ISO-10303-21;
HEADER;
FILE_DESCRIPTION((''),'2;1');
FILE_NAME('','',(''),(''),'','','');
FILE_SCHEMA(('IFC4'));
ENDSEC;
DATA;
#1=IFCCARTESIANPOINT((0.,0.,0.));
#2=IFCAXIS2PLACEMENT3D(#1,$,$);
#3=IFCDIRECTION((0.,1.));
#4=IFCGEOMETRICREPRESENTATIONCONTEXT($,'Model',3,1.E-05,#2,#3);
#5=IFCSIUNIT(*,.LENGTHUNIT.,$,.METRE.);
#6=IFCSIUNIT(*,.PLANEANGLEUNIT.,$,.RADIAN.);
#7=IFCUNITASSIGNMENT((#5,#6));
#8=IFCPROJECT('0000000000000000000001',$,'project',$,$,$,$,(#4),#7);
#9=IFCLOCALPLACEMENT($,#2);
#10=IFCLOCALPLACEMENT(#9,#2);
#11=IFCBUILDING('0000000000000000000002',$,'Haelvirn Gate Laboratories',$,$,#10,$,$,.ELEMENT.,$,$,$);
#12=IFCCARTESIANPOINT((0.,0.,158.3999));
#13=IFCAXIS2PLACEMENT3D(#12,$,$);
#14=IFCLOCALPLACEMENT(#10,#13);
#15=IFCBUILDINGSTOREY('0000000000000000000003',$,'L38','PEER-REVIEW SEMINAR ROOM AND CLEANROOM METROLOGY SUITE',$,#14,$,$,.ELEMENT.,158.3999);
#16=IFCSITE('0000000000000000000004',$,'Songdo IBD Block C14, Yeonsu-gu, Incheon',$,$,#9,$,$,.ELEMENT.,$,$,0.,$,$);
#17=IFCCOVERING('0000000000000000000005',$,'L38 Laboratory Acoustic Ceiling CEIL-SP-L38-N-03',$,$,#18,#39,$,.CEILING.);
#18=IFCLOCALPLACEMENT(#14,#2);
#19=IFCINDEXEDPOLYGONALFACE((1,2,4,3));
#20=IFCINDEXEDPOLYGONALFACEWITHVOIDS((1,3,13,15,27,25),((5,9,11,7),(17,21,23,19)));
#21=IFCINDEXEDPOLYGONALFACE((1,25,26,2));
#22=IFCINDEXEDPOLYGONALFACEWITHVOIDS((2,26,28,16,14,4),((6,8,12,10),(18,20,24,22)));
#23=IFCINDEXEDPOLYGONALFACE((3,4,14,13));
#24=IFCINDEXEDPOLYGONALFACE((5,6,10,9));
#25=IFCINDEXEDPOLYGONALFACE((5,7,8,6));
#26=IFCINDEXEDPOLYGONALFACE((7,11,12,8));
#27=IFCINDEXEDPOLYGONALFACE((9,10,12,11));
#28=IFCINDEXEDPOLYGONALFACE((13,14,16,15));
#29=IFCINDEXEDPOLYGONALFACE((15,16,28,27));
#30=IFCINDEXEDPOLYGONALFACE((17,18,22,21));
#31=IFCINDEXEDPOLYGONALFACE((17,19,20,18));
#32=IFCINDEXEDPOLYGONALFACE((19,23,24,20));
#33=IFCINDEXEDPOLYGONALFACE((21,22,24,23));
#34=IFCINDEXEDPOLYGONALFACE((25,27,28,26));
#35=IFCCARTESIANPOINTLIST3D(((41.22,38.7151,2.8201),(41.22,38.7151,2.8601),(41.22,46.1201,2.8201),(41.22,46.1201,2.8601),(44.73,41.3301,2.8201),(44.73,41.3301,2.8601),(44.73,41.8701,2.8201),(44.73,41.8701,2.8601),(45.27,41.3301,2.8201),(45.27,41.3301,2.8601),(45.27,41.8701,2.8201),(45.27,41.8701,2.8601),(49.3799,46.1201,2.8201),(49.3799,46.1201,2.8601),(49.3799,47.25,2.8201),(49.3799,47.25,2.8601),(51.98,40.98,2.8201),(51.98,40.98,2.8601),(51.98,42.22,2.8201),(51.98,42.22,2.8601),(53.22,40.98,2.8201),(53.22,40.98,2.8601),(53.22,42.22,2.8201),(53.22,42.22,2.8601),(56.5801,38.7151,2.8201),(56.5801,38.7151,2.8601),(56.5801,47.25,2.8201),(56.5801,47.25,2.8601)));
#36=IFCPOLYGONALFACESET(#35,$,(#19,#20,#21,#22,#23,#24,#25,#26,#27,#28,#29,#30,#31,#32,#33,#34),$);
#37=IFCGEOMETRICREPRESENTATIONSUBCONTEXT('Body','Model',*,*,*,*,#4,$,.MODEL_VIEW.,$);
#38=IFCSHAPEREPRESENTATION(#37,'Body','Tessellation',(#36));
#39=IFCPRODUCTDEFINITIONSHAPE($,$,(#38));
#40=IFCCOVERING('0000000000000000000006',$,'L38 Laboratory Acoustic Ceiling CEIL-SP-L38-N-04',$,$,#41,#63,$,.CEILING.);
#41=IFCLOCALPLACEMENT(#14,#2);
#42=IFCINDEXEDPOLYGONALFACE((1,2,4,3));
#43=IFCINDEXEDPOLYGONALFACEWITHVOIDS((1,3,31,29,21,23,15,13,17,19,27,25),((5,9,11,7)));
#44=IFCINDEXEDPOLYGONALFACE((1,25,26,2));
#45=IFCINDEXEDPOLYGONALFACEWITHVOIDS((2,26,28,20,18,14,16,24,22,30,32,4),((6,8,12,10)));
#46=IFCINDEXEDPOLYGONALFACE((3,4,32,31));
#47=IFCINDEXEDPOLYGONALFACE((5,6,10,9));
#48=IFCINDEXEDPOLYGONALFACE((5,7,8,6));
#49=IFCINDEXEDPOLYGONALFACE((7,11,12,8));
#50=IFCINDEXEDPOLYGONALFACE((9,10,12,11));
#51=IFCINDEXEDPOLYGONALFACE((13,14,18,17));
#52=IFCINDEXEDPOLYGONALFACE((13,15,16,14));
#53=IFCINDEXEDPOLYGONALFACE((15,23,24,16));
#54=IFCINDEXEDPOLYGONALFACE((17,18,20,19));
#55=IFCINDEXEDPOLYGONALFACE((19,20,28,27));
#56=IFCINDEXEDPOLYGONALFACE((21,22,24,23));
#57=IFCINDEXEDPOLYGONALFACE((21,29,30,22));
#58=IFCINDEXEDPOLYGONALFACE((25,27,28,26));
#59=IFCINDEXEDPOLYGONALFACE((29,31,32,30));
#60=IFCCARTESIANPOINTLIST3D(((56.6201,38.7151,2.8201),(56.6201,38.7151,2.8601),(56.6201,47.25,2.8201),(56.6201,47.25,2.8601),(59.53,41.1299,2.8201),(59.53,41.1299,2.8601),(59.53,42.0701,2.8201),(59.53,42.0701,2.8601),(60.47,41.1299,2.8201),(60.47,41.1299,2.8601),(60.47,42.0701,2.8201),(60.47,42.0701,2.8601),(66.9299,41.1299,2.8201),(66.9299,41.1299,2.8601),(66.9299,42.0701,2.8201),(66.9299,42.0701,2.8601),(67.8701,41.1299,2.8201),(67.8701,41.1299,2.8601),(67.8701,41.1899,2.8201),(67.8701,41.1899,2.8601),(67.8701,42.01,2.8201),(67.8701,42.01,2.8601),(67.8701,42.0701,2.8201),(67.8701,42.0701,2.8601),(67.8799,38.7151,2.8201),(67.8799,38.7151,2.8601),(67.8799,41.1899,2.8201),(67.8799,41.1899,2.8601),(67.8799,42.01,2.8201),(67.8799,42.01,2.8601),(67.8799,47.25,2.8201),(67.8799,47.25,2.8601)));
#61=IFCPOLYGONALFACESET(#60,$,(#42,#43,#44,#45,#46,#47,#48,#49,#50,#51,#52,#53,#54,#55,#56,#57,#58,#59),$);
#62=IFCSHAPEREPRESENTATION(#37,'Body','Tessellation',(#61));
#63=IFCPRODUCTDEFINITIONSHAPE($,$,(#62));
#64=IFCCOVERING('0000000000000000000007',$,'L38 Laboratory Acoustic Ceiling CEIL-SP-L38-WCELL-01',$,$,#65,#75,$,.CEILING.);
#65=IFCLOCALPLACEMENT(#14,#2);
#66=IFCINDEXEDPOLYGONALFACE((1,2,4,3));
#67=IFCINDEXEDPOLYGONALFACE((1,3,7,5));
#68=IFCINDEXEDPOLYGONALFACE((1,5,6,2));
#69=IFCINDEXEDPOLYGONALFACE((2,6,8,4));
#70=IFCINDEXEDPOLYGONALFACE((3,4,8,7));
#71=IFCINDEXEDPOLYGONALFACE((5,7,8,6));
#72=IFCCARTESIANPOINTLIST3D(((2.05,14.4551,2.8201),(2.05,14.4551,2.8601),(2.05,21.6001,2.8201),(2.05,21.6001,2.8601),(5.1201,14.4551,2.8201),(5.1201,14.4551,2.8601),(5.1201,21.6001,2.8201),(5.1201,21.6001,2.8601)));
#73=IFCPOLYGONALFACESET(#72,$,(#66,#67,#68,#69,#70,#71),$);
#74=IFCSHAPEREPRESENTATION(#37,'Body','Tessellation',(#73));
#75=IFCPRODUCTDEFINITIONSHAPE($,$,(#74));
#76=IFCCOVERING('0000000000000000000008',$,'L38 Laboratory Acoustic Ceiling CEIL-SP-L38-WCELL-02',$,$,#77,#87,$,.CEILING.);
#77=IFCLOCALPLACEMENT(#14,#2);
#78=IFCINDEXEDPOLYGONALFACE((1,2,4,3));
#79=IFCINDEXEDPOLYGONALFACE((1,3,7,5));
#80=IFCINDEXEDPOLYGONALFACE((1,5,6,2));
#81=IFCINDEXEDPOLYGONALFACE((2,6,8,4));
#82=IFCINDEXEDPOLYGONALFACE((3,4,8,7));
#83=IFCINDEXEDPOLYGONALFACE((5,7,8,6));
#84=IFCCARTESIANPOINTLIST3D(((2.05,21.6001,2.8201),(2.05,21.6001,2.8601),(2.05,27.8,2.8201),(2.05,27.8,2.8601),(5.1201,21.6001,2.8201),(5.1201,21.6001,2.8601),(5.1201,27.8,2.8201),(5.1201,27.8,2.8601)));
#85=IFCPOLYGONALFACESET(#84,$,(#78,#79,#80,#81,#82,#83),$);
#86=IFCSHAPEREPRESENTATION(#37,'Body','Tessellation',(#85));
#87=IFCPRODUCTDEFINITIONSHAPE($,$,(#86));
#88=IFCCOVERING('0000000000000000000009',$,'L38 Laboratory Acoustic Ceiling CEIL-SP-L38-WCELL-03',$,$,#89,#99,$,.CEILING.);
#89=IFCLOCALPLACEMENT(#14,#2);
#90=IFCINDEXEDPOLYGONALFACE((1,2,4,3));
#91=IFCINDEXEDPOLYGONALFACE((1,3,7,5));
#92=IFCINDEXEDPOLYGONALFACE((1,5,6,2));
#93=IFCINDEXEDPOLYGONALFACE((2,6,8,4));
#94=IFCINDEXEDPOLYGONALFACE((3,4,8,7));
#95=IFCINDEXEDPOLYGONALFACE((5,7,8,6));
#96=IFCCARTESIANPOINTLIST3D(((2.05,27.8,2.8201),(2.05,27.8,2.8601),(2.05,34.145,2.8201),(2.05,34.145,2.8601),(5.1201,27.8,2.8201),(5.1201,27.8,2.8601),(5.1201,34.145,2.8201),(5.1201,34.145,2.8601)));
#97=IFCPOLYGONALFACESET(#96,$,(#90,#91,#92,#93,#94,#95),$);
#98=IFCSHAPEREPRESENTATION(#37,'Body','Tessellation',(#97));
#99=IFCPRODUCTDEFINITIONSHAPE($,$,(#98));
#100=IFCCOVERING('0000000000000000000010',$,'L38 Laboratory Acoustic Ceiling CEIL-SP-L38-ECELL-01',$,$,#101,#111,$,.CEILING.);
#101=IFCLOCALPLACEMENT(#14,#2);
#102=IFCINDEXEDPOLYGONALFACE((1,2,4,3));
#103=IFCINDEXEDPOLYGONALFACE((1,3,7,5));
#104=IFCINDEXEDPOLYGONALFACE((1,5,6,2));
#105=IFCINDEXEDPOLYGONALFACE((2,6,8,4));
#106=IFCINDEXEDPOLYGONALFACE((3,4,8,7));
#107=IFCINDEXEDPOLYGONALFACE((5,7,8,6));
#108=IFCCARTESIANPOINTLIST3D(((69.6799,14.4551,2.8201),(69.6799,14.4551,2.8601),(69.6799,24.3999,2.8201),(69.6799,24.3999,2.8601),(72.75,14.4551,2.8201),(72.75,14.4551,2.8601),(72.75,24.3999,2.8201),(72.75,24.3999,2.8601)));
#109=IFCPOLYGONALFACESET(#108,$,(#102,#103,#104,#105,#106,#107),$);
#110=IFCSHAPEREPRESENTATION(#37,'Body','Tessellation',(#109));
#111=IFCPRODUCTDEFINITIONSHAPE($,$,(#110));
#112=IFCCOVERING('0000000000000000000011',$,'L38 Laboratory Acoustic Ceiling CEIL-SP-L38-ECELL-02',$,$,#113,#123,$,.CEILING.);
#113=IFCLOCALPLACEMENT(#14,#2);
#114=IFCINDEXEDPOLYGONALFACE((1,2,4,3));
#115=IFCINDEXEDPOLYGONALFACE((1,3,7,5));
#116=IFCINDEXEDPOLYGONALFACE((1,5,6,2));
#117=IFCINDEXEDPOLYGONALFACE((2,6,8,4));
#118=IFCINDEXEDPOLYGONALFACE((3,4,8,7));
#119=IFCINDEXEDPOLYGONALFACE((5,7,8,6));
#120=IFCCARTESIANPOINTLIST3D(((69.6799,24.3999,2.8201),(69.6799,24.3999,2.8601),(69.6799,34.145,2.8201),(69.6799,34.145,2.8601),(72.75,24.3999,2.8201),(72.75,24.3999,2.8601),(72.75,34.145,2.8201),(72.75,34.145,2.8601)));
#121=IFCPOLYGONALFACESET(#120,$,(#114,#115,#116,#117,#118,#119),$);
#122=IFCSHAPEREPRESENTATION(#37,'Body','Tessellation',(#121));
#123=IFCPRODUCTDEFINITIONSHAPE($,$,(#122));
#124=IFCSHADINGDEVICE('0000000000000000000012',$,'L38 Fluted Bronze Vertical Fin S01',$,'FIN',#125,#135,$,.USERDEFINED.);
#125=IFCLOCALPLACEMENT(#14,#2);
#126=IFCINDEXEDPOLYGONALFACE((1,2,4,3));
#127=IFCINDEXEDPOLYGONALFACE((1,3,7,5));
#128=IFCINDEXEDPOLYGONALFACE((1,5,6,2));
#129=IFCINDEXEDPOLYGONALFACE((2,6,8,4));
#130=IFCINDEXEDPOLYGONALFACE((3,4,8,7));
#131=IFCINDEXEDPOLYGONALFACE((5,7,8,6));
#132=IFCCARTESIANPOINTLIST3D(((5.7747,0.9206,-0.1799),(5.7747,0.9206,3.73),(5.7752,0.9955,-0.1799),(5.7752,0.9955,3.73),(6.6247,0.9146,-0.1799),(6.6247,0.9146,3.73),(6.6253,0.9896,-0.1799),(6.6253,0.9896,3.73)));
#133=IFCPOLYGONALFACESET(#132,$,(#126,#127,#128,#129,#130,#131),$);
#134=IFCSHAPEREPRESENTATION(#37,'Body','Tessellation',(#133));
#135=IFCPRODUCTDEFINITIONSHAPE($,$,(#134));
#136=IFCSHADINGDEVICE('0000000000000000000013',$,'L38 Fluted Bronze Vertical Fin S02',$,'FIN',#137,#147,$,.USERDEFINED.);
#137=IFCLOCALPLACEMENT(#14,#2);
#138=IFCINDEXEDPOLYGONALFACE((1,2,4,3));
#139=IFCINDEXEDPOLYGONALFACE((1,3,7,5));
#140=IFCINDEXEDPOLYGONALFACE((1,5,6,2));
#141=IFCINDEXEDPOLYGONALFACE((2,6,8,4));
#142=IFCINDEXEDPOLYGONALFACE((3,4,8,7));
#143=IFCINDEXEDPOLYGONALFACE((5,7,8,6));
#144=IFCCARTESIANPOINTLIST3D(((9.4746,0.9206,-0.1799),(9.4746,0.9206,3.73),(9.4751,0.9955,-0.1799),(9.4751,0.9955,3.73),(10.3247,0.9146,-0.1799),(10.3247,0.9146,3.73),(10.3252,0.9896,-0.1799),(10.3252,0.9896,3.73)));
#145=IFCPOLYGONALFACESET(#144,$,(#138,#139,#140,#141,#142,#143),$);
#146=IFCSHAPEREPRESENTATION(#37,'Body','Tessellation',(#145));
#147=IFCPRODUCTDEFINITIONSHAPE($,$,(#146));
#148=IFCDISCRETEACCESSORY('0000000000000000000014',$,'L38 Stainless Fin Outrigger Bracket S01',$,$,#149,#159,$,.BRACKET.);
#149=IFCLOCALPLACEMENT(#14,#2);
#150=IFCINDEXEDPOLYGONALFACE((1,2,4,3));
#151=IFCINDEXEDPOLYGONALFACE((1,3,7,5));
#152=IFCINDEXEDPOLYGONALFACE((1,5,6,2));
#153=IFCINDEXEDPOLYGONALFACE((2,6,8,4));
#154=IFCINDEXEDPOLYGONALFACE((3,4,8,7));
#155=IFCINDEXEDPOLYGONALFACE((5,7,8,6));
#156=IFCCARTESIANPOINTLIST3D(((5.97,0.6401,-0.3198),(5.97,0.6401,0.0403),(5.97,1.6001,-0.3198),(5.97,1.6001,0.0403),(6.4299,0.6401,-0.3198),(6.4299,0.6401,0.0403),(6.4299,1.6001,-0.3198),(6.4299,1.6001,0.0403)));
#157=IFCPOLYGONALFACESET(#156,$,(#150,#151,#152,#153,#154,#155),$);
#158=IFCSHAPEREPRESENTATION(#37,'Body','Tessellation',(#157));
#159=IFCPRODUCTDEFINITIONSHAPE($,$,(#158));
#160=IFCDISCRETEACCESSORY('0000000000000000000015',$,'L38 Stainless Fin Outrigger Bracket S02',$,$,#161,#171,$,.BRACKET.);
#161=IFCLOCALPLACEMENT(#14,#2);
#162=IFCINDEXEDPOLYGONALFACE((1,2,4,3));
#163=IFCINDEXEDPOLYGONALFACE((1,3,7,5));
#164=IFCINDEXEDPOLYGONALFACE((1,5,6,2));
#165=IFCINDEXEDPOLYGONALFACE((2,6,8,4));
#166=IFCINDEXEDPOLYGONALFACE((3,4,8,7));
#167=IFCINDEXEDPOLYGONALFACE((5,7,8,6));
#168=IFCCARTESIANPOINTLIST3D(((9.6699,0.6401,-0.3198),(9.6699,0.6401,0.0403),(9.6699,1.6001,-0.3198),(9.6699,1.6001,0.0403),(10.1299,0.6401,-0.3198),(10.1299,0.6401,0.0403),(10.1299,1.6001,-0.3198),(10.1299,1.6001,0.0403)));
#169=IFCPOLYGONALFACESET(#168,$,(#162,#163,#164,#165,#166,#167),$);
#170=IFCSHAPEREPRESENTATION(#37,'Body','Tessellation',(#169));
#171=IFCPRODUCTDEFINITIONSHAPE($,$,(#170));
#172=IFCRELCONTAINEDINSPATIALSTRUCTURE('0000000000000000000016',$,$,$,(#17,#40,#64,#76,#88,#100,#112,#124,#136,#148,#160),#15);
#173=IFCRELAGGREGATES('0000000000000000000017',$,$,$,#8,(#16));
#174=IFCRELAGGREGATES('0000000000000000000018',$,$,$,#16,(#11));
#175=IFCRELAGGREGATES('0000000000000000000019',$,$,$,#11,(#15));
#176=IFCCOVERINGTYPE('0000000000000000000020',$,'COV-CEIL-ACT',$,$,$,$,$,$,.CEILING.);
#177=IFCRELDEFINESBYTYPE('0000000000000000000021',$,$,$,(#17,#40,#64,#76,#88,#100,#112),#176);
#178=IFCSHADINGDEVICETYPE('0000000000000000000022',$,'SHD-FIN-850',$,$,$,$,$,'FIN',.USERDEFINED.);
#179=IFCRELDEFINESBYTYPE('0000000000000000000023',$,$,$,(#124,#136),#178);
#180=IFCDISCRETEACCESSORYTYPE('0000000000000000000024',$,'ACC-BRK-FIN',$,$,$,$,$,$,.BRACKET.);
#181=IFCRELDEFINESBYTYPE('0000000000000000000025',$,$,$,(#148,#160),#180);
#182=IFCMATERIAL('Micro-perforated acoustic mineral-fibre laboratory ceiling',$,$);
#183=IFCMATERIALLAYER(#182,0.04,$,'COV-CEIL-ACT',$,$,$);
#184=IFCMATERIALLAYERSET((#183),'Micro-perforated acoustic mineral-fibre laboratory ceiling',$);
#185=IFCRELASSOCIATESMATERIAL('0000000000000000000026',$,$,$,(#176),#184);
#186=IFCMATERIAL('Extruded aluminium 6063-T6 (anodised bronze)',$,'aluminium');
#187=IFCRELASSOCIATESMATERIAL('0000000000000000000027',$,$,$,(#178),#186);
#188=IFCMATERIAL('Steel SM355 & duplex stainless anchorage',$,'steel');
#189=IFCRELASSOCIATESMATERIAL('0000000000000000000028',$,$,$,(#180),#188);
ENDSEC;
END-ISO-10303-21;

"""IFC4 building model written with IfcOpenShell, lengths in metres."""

from ifc_helpers import new_model, si_unit, direction, frame, origin, origin_2d, place, context, subcontext, project, spatial, polyline, rectangle, outline, extrude, source, transform, mapped, material, layer, layer_set, material_profile, profile_set, type_object, type_shapes, element, save


model = new_model("IFC4")

# Units and contexts
model_context = context("Model", 3, precision=1e-05, world=origin(), true_north=direction((0.0, 1.0)))
body_context = subcontext(model_context, "Body", "Model", "MODEL_VIEW")
ifc_project = project(units=[si_unit("LENGTHUNIT", "METRE"), si_unit("PLANEANGLEUNIT", "RADIAN")], contexts=[model_context])

# Site, building, storey
site_placement = place(None, origin())
site = spatial("IfcSite", under=ifc_project, at=site_placement, Name="Songdo IBD Block C14, Yeonsu-gu, Incheon", CompositionType="ELEMENT", RefElevation=0.0)
building_placement = place(site_placement, origin())
building = spatial("IfcBuilding", under=site, at=building_placement, Name="Haelvirn Gate Laboratories", CompositionType="ELEMENT")
storey_placement = place(building_placement, frame((0.0, 0.0, 158.3999)))
storey = spatial("IfcBuildingStorey", under=building, at=storey_placement, Name="L38", Description="PEER-REVIEW SEMINAR ROOM AND CLEANROOM METROLOGY SUITE", CompositionType="ELEMENT", Elevation=158.3999)

# Shared definitions
ifc_material_1 = material(Name="Extruded aluminium 6063-T6 (anodised bronze)", Category="aluminium")

# Coverings
ifc_material_2 = material(Name="Micro-perforated acoustic mineral-fibre laboratory ceiling")
ifc_layer_1 = layer(ifc_material_2, 0.04, Name="COV-CEIL-ACT")
ifc_layer_set_1 = layer_set([ifc_layer_1], Name="Micro-perforated acoustic mineral-fibre laboratory ceiling")
covering_type = type_object("IfcCoveringType", Name="COV-CEIL-ACT", PredefinedType="CEILING", material=ifc_layer_set_1)
covering_1_placement = place(storey_placement, frame((0.0, 0.0, 2.8201)))
element("IfcCovering", 1, at=covering_1_placement, inside=storey, type_object=covering_type, Name="L38 Laboratory Acoustic Ceiling CEIL-SP-L38-N-03", PredefinedType="CEILING", context=body_context, shape_type="SweptSolid", body=[
    extrude(outline(polyline([(49.3799, 47.25), (56.5801, 47.25), (56.5801, 38.7151), (41.22, 38.7151), (41.22, 46.1201), (49.3799, 46.1201), (49.3799, 47.25)]), holes=[polyline([(51.98, 42.22), (51.98, 40.98), (53.22, 40.98), (53.22, 42.22), (51.98, 42.22)]), polyline([(45.27, 41.8701), (44.73, 41.8701), (44.73, 41.3301), (45.27, 41.3301), (45.27, 41.8701)])]), origin(), (0.0, 0.0, 1.0), 0.04),
])
covering_2_placement = place(storey_placement, frame((0.0, 0.0, 2.8201)))
element("IfcCovering", 2, at=covering_2_placement, inside=storey, type_object=covering_type, Name="L38 Laboratory Acoustic Ceiling CEIL-SP-L38-N-04", PredefinedType="CEILING", context=body_context, shape_type="SweptSolid", body=[
    extrude(outline(polyline([(67.8799, 41.1899), (67.8799, 38.7151), (56.6201, 38.7151), (56.6201, 47.25), (67.8799, 47.25), (67.8799, 42.01), (67.8701, 42.01), (67.8701, 42.0701), (66.9299, 42.0701), (66.9299, 41.1299), (67.8701, 41.1299), (67.8701, 41.1899), (67.8799, 41.1899)]), holes=[polyline([(59.53, 42.0701), (59.53, 41.1299), (60.47, 41.1299), (60.47, 42.0701), (59.53, 42.0701)])]), origin(), (0.0, 0.0, 1.0), 0.04),
])
covering_3_placement = place(storey_placement, frame((0.0, 0.0, 2.8201)))
element("IfcCovering", 3, at=covering_3_placement, inside=storey, type_object=covering_type, Name="L38 Laboratory Acoustic Ceiling CEIL-SP-L38-WCELL-01", PredefinedType="CEILING", context=body_context, shape_type="SweptSolid", body=[
    extrude(outline(polyline([(2.05, 21.6001), (5.1201, 21.6001), (5.1201, 14.4551), (2.05, 14.4551), (2.05, 21.6001)])), origin(), (0.0, 0.0, 1.0), 0.04),
])
covering_4_placement = place(storey_placement, frame((0.0, 0.0, 2.8201)))
element("IfcCovering", 4, at=covering_4_placement, inside=storey, type_object=covering_type, Name="L38 Laboratory Acoustic Ceiling CEIL-SP-L38-WCELL-02", PredefinedType="CEILING", context=body_context, shape_type="SweptSolid", body=[
    extrude(outline(polyline([(2.05, 27.8), (5.1201, 27.8), (5.1201, 21.6001), (2.05, 21.6001), (2.05, 27.8)])), origin(), (0.0, 0.0, 1.0), 0.04),
])
covering_5_placement = place(storey_placement, frame((0.0, 0.0, 2.8201)))
element("IfcCovering", 5, at=covering_5_placement, inside=storey, type_object=covering_type, Name="L38 Laboratory Acoustic Ceiling CEIL-SP-L38-WCELL-03", PredefinedType="CEILING", context=body_context, shape_type="SweptSolid", body=[
    extrude(outline(polyline([(2.05, 34.145), (5.1201, 34.145), (5.1201, 27.8), (2.05, 27.8), (2.05, 34.145)])), origin(), (0.0, 0.0, 1.0), 0.04),
])
covering_6_placement = place(storey_placement, frame((0.0, 0.0, 2.8201)))
element("IfcCovering", 6, at=covering_6_placement, inside=storey, type_object=covering_type, Name="L38 Laboratory Acoustic Ceiling CEIL-SP-L38-ECELL-01", PredefinedType="CEILING", context=body_context, shape_type="SweptSolid", body=[
    extrude(outline(polyline([(69.6799, 24.3999), (72.75, 24.3999), (72.75, 14.4551), (69.6799, 14.4551), (69.6799, 24.3999)])), origin(), (0.0, 0.0, 1.0), 0.04),
])
covering_7_placement = place(storey_placement, frame((0.0, 0.0, 2.8201)))
element("IfcCovering", 7, at=covering_7_placement, inside=storey, type_object=covering_type, Name="L38 Laboratory Acoustic Ceiling CEIL-SP-L38-ECELL-02", PredefinedType="CEILING", context=body_context, shape_type="SweptSolid", body=[
    extrude(outline(polyline([(69.6799, 34.145), (72.75, 34.145), (72.75, 24.3999), (69.6799, 24.3999), (69.6799, 34.145)])), origin(), (0.0, 0.0, 1.0), 0.04),
])

# Shading devices
ifc_material_profile_1 = material_profile(ifc_material_1, rectangle(XDim=0.075, YDim=0.8501, at=origin_2d()), Name="FIN-850x75")
ifc_profile_set_1 = profile_set([ifc_material_profile_1], Name="Extruded aluminium 6063-T6 (anodised bronze)")
shading_device_type = type_object("IfcShadingDeviceType", Name="SHD-FIN-850", ElementType="FIN", PredefinedType="USERDEFINED", material=ifc_profile_set_1)
shared_shape_1 = source(origin(), body_context, "Body", "SweptSolid", [
    extrude(rectangle(XDim=0.075, YDim=0.8501, at=origin_2d()), origin(), (0.0, 0.0, 1.0), 3.9099),
])
type_shapes(shading_device_type, [shared_shape_1])
for number, where, z_axis, x_axis, name in (
    (8, (6.2, 0.9551, -0.1799), (0.0, 0.0, 1.0), (0.006981, 0.999976, 0.0), "L38 Fluted Bronze Vertical Fin S01"),
    (9, (9.8999, 0.9551, -0.1799), (0.0, 0.0, 1.0), (0.006981, 0.999976, 0.0), "L38 Fluted Bronze Vertical Fin S02"),
):
    element("IfcShadingDevice", number, at=place(storey_placement, frame(where, z_axis=z_axis, x_axis=x_axis)), inside=storey, type_object=shading_device_type, Name=name, ObjectType="FIN", PredefinedType="USERDEFINED", context=body_context, shape_type="MappedRepresentation", body=[
        mapped(shared_shape_1, transform((0.0, 0.0, 0.0), scale=1.0)),
    ])

# Discrete accessories
ifc_material_3 = material(Name="Steel SM355 & duplex stainless anchorage", Category="steel")
discrete_accessory_type = type_object("IfcDiscreteAccessoryType", Name="ACC-BRK-FIN", PredefinedType="BRACKET", material=ifc_material_3)
shared_shape_2 = source(origin(), body_context, "Body", "SweptSolid", [
    extrude(rectangle(XDim=0.46, YDim=0.96, at=origin_2d()), origin(), (0.0, 0.0, 1.0), 0.3601),
])
type_shapes(discrete_accessory_type, [shared_shape_2])
for number, where, z_axis, x_axis, name in (
    (10, (6.2, 1.1201, -0.3198), (0.0, 0.0, 1.0), (1.0, 0.0, 0.0), "L38 Stainless Fin Outrigger Bracket S01"),
    (11, (9.8999, 1.1201, -0.3198), (0.0, 0.0, 1.0), (1.0, 0.0, 0.0), "L38 Stainless Fin Outrigger Bracket S02"),
):
    element("IfcDiscreteAccessory", number, at=place(storey_placement, frame(where, z_axis=z_axis, x_axis=x_axis)), inside=storey, type_object=discrete_accessory_type, Name=name, PredefinedType="BRACKET", context=body_context, shape_type="MappedRepresentation", body=[
        mapped(shared_shape_2, transform((0.0, 0.0, 0.0), scale=1.0)),
    ])

save(model, "model.ifc")
